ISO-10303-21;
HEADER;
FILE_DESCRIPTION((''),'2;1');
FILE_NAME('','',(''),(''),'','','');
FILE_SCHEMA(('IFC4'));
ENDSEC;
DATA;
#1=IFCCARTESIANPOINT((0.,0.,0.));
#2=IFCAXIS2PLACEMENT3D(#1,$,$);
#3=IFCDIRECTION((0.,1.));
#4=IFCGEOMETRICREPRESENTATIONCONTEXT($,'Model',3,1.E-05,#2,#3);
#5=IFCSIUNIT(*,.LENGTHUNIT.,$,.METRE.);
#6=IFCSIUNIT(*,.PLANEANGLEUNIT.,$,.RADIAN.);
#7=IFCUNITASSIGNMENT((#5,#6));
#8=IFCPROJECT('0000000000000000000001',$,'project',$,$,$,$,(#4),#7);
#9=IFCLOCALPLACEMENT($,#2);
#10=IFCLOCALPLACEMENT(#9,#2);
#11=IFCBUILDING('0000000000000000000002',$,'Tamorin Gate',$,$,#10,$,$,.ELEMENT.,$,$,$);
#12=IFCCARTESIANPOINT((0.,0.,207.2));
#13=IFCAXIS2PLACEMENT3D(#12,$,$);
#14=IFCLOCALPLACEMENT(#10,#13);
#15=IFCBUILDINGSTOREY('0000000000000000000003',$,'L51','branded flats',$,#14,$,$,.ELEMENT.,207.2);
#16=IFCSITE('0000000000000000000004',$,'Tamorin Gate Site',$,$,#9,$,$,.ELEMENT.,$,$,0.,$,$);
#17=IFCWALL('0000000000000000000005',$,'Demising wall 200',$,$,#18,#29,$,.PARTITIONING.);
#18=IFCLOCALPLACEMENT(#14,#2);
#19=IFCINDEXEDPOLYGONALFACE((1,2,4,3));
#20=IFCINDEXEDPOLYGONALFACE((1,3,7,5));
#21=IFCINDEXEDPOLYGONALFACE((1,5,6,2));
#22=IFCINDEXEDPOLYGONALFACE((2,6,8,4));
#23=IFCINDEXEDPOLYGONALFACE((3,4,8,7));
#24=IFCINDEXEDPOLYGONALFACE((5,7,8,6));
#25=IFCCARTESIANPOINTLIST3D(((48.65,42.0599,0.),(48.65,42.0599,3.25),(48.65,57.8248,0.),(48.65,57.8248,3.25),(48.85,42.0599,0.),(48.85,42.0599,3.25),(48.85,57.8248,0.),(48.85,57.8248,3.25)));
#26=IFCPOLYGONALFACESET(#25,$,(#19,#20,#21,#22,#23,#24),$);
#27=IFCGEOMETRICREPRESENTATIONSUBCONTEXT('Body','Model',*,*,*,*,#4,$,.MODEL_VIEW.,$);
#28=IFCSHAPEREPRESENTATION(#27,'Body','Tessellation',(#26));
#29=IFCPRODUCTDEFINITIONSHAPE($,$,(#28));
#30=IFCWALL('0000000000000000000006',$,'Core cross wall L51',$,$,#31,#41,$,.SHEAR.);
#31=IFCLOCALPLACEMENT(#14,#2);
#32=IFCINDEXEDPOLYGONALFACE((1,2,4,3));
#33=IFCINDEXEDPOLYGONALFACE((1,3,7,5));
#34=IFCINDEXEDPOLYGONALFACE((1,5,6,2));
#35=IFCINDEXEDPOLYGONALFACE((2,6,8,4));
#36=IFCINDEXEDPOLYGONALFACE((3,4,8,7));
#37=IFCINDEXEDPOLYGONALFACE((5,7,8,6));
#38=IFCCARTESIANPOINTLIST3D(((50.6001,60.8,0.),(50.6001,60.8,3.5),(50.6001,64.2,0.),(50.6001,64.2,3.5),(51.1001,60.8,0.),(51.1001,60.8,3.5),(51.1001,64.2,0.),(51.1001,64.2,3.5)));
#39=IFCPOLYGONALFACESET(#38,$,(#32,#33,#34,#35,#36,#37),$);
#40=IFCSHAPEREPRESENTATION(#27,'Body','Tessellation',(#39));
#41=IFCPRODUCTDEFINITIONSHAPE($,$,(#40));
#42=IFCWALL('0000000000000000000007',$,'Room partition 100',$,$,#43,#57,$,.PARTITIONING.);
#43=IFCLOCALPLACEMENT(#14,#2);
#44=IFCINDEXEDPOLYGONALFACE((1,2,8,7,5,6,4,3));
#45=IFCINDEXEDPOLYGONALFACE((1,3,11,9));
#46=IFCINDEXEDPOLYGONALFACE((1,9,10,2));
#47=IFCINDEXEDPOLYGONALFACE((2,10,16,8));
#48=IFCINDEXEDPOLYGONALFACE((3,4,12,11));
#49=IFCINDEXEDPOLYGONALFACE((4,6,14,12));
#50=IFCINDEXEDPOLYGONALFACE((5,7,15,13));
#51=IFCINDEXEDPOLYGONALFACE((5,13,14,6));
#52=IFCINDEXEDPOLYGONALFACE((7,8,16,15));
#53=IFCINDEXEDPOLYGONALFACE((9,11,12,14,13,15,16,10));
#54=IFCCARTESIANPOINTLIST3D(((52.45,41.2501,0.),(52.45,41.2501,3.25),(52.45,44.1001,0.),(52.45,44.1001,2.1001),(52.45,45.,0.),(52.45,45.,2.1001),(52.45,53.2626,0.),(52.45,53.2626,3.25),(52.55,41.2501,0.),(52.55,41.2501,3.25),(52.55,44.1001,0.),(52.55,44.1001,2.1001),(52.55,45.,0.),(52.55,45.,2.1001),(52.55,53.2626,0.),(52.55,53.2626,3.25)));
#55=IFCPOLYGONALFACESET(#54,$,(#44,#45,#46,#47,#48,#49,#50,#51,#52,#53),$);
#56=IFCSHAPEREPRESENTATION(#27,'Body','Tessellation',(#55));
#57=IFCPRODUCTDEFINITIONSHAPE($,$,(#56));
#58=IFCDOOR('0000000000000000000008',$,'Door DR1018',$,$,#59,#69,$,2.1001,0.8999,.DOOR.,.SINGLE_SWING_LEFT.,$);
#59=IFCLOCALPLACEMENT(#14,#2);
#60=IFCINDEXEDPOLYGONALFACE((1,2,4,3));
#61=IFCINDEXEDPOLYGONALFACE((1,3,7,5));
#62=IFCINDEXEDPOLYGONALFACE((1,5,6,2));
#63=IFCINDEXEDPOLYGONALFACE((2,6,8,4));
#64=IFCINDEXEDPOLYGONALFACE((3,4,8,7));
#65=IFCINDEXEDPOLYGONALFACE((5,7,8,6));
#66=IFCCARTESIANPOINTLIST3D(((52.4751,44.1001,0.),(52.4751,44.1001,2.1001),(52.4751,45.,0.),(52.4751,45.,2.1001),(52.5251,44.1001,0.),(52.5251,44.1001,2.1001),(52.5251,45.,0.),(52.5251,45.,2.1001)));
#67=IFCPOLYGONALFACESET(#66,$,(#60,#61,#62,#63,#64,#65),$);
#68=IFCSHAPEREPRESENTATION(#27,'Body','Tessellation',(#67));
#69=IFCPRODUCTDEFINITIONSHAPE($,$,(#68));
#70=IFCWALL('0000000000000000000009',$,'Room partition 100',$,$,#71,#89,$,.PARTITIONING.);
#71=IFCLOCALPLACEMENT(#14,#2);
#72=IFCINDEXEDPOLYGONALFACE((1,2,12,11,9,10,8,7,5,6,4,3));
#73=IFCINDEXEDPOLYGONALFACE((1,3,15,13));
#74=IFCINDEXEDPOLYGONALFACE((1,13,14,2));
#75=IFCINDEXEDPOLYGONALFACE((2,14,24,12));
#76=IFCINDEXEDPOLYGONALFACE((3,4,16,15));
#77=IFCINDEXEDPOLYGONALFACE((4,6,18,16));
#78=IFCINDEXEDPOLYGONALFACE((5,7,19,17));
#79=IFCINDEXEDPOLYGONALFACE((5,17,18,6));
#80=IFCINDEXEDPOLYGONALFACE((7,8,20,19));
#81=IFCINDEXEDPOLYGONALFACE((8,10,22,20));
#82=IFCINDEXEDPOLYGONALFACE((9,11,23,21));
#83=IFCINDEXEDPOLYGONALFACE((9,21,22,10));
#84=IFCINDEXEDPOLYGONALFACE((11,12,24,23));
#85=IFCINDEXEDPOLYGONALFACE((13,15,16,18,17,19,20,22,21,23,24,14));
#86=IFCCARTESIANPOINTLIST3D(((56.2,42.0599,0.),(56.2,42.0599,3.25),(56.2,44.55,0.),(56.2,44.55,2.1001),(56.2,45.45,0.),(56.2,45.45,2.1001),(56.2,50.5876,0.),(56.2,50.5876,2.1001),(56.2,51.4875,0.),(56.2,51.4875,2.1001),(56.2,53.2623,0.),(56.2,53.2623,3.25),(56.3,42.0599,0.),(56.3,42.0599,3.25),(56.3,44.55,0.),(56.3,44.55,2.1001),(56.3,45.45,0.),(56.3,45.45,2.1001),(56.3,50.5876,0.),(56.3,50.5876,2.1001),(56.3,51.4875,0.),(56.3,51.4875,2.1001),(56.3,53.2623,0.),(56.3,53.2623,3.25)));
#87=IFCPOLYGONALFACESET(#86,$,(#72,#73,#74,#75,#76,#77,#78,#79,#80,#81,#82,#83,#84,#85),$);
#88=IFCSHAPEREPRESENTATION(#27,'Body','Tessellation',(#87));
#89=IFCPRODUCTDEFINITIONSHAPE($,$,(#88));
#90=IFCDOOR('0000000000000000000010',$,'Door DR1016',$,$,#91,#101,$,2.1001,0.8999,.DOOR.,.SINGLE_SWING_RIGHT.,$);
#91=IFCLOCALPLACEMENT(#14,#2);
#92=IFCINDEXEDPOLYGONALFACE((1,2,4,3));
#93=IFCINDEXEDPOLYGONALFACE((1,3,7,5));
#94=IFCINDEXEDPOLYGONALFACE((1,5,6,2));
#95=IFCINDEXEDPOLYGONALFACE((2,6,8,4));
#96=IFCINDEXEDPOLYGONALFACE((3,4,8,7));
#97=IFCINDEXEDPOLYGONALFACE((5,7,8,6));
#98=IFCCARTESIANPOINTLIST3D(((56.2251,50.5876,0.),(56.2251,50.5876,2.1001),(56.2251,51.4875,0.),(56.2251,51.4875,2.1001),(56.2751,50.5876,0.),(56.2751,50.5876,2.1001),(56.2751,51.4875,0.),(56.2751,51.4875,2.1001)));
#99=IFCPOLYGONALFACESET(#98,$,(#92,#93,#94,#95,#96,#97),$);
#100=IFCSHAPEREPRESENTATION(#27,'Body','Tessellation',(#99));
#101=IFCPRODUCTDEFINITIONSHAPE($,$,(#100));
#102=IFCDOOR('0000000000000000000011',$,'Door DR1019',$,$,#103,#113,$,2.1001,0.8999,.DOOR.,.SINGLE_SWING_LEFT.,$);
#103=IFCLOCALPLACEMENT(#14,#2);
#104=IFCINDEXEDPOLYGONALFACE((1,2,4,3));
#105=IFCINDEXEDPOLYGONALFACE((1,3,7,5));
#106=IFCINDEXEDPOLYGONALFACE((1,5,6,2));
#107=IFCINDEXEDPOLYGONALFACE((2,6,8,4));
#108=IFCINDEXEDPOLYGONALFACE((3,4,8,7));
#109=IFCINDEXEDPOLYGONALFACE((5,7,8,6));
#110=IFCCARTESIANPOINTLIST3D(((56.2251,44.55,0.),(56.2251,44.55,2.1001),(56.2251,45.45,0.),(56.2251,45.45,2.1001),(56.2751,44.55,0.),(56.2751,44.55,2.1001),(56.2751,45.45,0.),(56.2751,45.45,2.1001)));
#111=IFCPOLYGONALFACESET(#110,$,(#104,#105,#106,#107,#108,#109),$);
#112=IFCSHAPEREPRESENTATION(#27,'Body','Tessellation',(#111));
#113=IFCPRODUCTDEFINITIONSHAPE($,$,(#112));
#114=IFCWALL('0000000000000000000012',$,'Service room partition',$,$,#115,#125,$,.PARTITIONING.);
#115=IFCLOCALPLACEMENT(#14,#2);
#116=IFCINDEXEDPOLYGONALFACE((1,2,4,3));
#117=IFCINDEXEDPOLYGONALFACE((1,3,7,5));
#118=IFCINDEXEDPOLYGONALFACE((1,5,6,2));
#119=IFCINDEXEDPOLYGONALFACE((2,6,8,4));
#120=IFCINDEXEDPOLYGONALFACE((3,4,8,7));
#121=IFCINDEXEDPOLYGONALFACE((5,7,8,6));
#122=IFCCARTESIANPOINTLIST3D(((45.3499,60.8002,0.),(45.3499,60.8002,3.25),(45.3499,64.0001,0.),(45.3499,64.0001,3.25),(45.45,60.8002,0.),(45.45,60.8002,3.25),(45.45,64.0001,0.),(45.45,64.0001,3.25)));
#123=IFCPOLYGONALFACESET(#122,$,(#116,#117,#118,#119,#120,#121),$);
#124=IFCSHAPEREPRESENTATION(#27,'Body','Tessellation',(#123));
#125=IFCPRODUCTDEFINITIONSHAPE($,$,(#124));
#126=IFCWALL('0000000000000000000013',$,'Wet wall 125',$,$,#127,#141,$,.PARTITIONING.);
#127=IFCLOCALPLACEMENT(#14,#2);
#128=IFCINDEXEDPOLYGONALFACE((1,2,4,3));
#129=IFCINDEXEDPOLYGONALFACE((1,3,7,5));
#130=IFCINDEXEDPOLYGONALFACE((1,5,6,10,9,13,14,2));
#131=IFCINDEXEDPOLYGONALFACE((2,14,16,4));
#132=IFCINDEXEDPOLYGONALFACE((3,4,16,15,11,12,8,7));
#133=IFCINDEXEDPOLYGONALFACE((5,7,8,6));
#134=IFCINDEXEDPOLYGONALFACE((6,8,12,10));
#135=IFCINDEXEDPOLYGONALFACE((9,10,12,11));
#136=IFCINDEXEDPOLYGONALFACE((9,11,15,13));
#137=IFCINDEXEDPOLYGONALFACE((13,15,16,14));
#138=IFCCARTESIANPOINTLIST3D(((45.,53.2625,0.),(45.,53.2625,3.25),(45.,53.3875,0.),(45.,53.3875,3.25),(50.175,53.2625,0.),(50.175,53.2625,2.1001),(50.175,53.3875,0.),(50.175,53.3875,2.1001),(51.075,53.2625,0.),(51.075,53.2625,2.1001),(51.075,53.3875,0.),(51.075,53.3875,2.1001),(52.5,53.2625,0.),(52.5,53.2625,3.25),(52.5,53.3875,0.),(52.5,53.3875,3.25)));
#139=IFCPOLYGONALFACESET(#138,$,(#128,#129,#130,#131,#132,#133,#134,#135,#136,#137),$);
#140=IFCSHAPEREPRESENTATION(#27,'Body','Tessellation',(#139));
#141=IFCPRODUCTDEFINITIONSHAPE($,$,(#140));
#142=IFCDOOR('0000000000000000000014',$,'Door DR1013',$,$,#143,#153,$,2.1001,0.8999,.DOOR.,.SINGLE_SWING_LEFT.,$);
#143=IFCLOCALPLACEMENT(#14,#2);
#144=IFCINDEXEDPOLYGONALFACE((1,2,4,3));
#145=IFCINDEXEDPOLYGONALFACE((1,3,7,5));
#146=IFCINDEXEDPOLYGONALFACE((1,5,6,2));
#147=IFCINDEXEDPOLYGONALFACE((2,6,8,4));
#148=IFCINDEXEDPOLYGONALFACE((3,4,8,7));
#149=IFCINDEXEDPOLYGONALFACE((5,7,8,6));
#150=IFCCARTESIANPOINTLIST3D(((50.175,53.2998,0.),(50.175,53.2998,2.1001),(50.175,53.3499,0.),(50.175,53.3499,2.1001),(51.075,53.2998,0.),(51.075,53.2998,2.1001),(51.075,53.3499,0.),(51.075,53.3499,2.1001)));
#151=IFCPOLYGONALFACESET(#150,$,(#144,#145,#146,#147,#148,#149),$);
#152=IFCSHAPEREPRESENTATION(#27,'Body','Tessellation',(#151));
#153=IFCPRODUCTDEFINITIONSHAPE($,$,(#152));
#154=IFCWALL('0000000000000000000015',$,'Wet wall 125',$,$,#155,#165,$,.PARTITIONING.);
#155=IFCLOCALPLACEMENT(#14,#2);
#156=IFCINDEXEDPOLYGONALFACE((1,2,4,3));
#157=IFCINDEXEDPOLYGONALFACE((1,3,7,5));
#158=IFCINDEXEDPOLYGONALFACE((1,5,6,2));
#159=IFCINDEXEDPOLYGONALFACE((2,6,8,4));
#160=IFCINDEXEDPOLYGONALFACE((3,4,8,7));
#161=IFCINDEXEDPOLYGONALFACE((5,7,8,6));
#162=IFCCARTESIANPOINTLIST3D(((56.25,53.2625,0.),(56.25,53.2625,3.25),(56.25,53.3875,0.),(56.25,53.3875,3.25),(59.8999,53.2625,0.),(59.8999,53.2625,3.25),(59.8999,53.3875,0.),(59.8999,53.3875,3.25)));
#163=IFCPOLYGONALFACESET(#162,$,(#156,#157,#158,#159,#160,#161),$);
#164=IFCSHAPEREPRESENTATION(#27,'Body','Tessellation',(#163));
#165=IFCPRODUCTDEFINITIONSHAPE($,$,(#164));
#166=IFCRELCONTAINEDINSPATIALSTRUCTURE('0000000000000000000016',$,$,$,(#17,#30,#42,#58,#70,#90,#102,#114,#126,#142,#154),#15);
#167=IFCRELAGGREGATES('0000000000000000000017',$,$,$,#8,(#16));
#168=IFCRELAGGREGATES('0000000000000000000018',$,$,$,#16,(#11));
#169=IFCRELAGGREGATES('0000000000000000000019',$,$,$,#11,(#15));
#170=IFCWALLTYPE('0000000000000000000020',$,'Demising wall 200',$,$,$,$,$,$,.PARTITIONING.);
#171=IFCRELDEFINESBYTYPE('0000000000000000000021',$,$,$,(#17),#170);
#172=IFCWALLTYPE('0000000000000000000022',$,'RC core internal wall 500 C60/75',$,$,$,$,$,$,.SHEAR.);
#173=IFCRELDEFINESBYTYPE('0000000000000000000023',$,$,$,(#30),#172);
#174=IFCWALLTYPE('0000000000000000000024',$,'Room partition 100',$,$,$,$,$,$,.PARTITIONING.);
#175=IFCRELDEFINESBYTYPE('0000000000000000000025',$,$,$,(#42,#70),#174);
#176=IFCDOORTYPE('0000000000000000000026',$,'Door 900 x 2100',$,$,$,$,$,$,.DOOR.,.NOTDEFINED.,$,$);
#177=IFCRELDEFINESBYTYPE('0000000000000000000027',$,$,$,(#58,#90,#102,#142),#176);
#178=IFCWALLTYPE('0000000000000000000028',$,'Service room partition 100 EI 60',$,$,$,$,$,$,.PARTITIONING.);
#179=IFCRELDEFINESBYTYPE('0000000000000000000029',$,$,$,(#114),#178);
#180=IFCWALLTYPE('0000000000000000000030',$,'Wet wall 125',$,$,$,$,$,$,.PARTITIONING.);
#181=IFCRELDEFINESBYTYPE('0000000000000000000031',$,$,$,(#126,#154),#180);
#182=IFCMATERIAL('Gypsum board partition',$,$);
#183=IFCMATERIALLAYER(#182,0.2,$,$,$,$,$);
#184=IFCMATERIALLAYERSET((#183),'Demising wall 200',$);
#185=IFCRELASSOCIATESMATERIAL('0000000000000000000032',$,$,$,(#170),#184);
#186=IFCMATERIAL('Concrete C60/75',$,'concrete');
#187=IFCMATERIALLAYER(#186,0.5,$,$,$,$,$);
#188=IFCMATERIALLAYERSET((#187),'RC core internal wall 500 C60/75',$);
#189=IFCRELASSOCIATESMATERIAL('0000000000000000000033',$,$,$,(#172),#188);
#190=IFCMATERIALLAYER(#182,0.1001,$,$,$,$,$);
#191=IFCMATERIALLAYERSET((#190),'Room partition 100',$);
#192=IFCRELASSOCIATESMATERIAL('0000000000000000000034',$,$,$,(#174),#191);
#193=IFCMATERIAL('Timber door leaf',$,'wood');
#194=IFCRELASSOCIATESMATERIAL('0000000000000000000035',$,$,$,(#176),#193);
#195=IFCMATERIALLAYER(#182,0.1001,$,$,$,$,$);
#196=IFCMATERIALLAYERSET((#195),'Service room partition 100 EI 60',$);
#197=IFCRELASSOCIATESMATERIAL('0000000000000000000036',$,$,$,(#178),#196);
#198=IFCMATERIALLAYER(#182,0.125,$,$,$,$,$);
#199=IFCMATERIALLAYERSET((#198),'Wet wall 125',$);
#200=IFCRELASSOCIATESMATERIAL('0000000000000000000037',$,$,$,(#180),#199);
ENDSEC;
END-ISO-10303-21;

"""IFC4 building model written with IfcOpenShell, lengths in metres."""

from ifc_helpers import new_model, si_unit, direction, frame, frame_2d, origin, place, context, subcontext, project, spatial, rectangle, extrude, material, layer, layer_set, type_object, element, fill, save


model = new_model("IFC4")

# Units and contexts
model_context = context("Model", 3, precision=1e-05, world=origin(), true_north=direction((0.0, 1.0)))
body_context = subcontext(model_context, "Body", "Model", "MODEL_VIEW")
ifc_project = project(units=[si_unit("LENGTHUNIT", "METRE"), si_unit("PLANEANGLEUNIT", "RADIAN")], contexts=[model_context])

# Site, building, storey
site_placement = place(None, origin())
site = spatial("IfcSite", under=ifc_project, at=site_placement, Name="Tamorin Gate Site", CompositionType="ELEMENT", RefElevation=0.0)
building_placement = place(site_placement, origin())
building = spatial("IfcBuilding", under=site, at=building_placement, Name="Tamorin Gate", CompositionType="ELEMENT")
storey_placement = place(building_placement, frame((0.0, 0.0, 207.2)))
storey = spatial("IfcBuildingStorey", under=building, at=storey_placement, Name="L51", Description="branded flats", CompositionType="ELEMENT", Elevation=207.2)

# Shared definitions
ifc_material_1 = material(Name="Concrete C60/75", Category="concrete")

# Walls
ifc_material_2 = material(Name="Gypsum board partition")
ifc_layer_1 = layer(ifc_material_2, 0.2)
ifc_layer_set_1 = layer_set([ifc_layer_1], Name="Demising wall 200")
wall_type_1 = type_object("IfcWallType", Name="Demising wall 200", PredefinedType="PARTITIONING", material=ifc_layer_set_1)
wall_1_placement = place(storey_placement, frame((48.75, 42.0601, 0.0), z_axis=(0.0, 0.0, 1.0), x_axis=(0.0, 1.0, 0.0)))
element("IfcWall", 1, at=wall_1_placement, inside=storey, type_object=wall_type_1, Name="Demising wall 200", PredefinedType="PARTITIONING", context=body_context, shape_type="SweptSolid", body=[
    extrude(rectangle(XDim=15.7649, YDim=0.2, at=frame_2d((7.8823, 0.0))), origin(), (0.0, 0.0, 1.0), 3.25),
])
ifc_layer_2 = layer(ifc_material_1, 0.5)
ifc_layer_set_2 = layer_set([ifc_layer_2], Name="RC core internal wall 500 C60/75")
wall_type_2 = type_object("IfcWallType", Name="RC core internal wall 500 C60/75", PredefinedType="SHEAR", material=ifc_layer_set_2)
wall_2_placement = place(storey_placement, frame((50.8501, 60.8, 0.0), z_axis=(0.0, 0.0, 1.0), x_axis=(0.0, 1.0, 0.0)))
element("IfcWall", 2, at=wall_2_placement, inside=storey, type_object=wall_type_2, Name="Core cross wall L51", PredefinedType="SHEAR", context=body_context, shape_type="SweptSolid", body=[
    extrude(rectangle(XDim=3.3999, YDim=0.5, at=frame_2d((1.7, 0.0))), origin(), (0.0, 0.0, 1.0), 3.5),
])

# Wall, opening, door
ifc_layer_3 = layer(ifc_material_2, 0.1001)
ifc_layer_set_3 = layer_set([ifc_layer_3], Name="Room partition 100")
wall_type_3 = type_object("IfcWallType", Name="Room partition 100", PredefinedType="PARTITIONING", material=ifc_layer_set_3)
wall_3_placement = place(storey_placement, frame((52.5, 41.25, 0.0), z_axis=(0.0, 0.0, 1.0), x_axis=(0.0, 1.0, 0.0)))
wall_3 = element("IfcWall", 3, at=wall_3_placement, inside=storey, type_object=wall_type_3, Name="Room partition 100", PredefinedType="PARTITIONING", context=body_context, shape_type="SweptSolid", body=[
    extrude(rectangle(XDim=12.0125, YDim=0.1001, at=frame_2d((6.0063, 0.0))), origin(), (0.0, 0.0, 1.0), 3.25),
])
opening_1_placement = place(wall_3_placement, frame((2.8501, 0.0, 0.0)))
opening_1 = element("IfcOpeningElement", 4, at=opening_1_placement, cuts=wall_3, PredefinedType="OPENING", context=body_context, shape_type="SweptSolid", body=[
    extrude(rectangle(XDim=0.8999, YDim=2.1001, at=frame_2d((0.45, 1.05))), frame((0.0, 0.0601, 0.0), z_axis=(0.0, -1.0, 0.0), x_axis=(1.0, 0.0, 0.0)), (0.0, 0.0, 1.0), 0.1201),
])
ifc_material_3 = material(Name="Timber door leaf", Category="wood")
door_type = type_object("IfcDoorType", Name="Door 900 x 2100", OperationType="NOTDEFINED", PredefinedType="DOOR", material=ifc_material_3)
door_1_placement = place(opening_1_placement, origin())
door_1 = element("IfcDoor", 5, at=door_1_placement, inside=storey, type_object=door_type, Name="Door DR1018", OperationType="SINGLE_SWING_LEFT", OverallHeight=2.1001, OverallWidth=0.8999, PredefinedType="DOOR", context=body_context, shape_type="SweptSolid", body=[
    extrude(rectangle(XDim=0.8999, YDim=2.1001, at=frame_2d((0.45, 1.05))), frame((0.0, 0.0249, 0.0), z_axis=(0.0, -1.0, 0.0), x_axis=(1.0, 0.0, 0.0)), (0.0, 0.0, 1.0), 0.05),
])
fill(opening_1, door_1)

# Wall, openings, doors
wall_4_placement = place(storey_placement, frame((56.25, 42.0601, 0.0), z_axis=(0.0, 0.0, 1.0), x_axis=(0.0, 1.0, 0.0)))
wall_4 = element("IfcWall", 6, at=wall_4_placement, inside=storey, type_object=wall_type_3, Name="Room partition 100", PredefinedType="PARTITIONING", context=body_context, shape_type="SweptSolid", body=[
    extrude(rectangle(XDim=11.2024, YDim=0.1001, at=frame_2d((5.6011, 0.0))), origin(), (0.0, 0.0, 1.0), 3.25),
])
opening_2_placement = place(wall_4_placement, frame((8.5276, 0.0, 0.0)))
opening_2 = element("IfcOpeningElement", 7, at=opening_2_placement, cuts=wall_4, PredefinedType="OPENING", context=body_context, shape_type="SweptSolid", body=[
    extrude(rectangle(XDim=0.8999, YDim=2.1001, at=frame_2d((0.45, 1.05))), frame((0.0, 0.0601, 0.0), z_axis=(0.0, -1.0, 0.0), x_axis=(1.0, 0.0, 0.0)), (0.0, 0.0, 1.0), 0.1201),
])
opening_3_placement = place(wall_4_placement, frame((2.49, 0.0, 0.0)))
opening_3 = element("IfcOpeningElement", 8, at=opening_3_placement, cuts=wall_4, PredefinedType="OPENING", context=body_context, shape_type="SweptSolid", body=[
    extrude(rectangle(XDim=0.8999, YDim=2.1001, at=frame_2d((0.45, 1.05))), frame((0.0, 0.0601, 0.0), z_axis=(0.0, -1.0, 0.0), x_axis=(1.0, 0.0, 0.0)), (0.0, 0.0, 1.0), 0.1201),
])
door_2_placement = place(opening_2_placement, origin())
door_2 = element("IfcDoor", 9, at=door_2_placement, inside=storey, type_object=door_type, Name="Door DR1016", OperationType="SINGLE_SWING_RIGHT", OverallHeight=2.1001, OverallWidth=0.8999, PredefinedType="DOOR", context=body_context, shape_type="SweptSolid", body=[
    extrude(rectangle(XDim=0.8999, YDim=2.1001, at=frame_2d((0.45, 1.05))), frame((0.0, 0.0249, 0.0), z_axis=(0.0, -1.0, 0.0), x_axis=(1.0, 0.0, 0.0)), (0.0, 0.0, 1.0), 0.05),
])
fill(opening_2, door_2)
door_3_placement = place(opening_3_placement, origin())
door_3 = element("IfcDoor", 10, at=door_3_placement, inside=storey, type_object=door_type, Name="Door DR1019", OperationType="SINGLE_SWING_LEFT", OverallHeight=2.1001, OverallWidth=0.8999, PredefinedType="DOOR", context=body_context, shape_type="SweptSolid", body=[
    extrude(rectangle(XDim=0.8999, YDim=2.1001, at=frame_2d((0.45, 1.05))), frame((0.0, 0.0249, 0.0), z_axis=(0.0, -1.0, 0.0), x_axis=(1.0, 0.0, 0.0)), (0.0, 0.0, 1.0), 0.05),
])
fill(opening_3, door_3)

# Wall
ifc_layer_4 = layer(ifc_material_2, 0.1001)
ifc_layer_set_4 = layer_set([ifc_layer_4], Name="Service room partition 100 EI 60")
wall_type_4 = type_object("IfcWallType", Name="Service room partition 100 EI 60", PredefinedType="PARTITIONING", material=ifc_layer_set_4)
wall_5_placement = place(storey_placement, frame((45.3999, 60.8, 0.0), z_axis=(0.0, 0.0, 1.0), x_axis=(0.0, 1.0, 0.0)))
element("IfcWall", 11, at=wall_5_placement, inside=storey, type_object=wall_type_4, Name="Service room partition", PredefinedType="PARTITIONING", context=body_context, shape_type="SweptSolid", body=[
    extrude(rectangle(XDim=3.2, YDim=0.1001, at=frame_2d((1.6001, 0.0))), origin(), (0.0, 0.0, 1.0), 3.25),
])

# Wall, opening, door
ifc_layer_5 = layer(ifc_material_2, 0.125)
ifc_layer_set_5 = layer_set([ifc_layer_5], Name="Wet wall 125")
wall_type_5 = type_object("IfcWallType", Name="Wet wall 125", PredefinedType="PARTITIONING", material=ifc_layer_set_5)
wall_6_placement = place(storey_placement, frame((45.0, 53.325, 0.0), z_axis=(0.0, 0.0, 1.0), x_axis=(1.0, 0.0, 0.0)))
wall_6 = element("IfcWall", 12, at=wall_6_placement, inside=storey, type_object=wall_type_5, Name="Wet wall 125", PredefinedType="PARTITIONING", context=body_context, shape_type="SweptSolid", body=[
    extrude(rectangle(XDim=7.5, YDim=0.125, at=frame_2d((3.75, 0.0))), origin(), (0.0, 0.0, 1.0), 3.25),
])
opening_4_placement = place(wall_6_placement, frame((5.175, 0.0, 0.0)))
opening_4 = element("IfcOpeningElement", 13, at=opening_4_placement, cuts=wall_6, PredefinedType="OPENING", context=body_context, shape_type="SweptSolid", body=[
    extrude(rectangle(XDim=0.8999, YDim=2.1001, at=frame_2d((0.45, 1.05))), frame((0.0, 0.0725, 0.0), z_axis=(0.0, -1.0, 0.0), x_axis=(1.0, 0.0, 0.0)), (0.0, 0.0, 1.0), 0.145),
])
door_4_placement = place(opening_4_placement, origin())
door_4 = element("IfcDoor", 14, at=door_4_placement, inside=storey, type_object=door_type, Name="Door DR1013", OperationType="SINGLE_SWING_LEFT", OverallHeight=2.1001, OverallWidth=0.8999, PredefinedType="DOOR", context=body_context, shape_type="SweptSolid", body=[
    extrude(rectangle(XDim=0.8999, YDim=2.1001, at=frame_2d((0.45, 1.05))), frame((0.0, 0.0249, 0.0), z_axis=(0.0, -1.0, 0.0), x_axis=(1.0, 0.0, 0.0)), (0.0, 0.0, 1.0), 0.05),
])
fill(opening_4, door_4)

# Wall
wall_7_placement = place(storey_placement, frame((56.25, 53.325, 0.0), z_axis=(0.0, 0.0, 1.0), x_axis=(1.0, 0.0, 0.0)))
element("IfcWall", 15, at=wall_7_placement, inside=storey, type_object=wall_type_5, Name="Wet wall 125", PredefinedType="PARTITIONING", context=body_context, shape_type="SweptSolid", body=[
    extrude(rectangle(XDim=3.6499, YDim=0.125, at=frame_2d((1.825, 0.0))), origin(), (0.0, 0.0, 1.0), 3.25),
])

save(model, "model.ifc")
